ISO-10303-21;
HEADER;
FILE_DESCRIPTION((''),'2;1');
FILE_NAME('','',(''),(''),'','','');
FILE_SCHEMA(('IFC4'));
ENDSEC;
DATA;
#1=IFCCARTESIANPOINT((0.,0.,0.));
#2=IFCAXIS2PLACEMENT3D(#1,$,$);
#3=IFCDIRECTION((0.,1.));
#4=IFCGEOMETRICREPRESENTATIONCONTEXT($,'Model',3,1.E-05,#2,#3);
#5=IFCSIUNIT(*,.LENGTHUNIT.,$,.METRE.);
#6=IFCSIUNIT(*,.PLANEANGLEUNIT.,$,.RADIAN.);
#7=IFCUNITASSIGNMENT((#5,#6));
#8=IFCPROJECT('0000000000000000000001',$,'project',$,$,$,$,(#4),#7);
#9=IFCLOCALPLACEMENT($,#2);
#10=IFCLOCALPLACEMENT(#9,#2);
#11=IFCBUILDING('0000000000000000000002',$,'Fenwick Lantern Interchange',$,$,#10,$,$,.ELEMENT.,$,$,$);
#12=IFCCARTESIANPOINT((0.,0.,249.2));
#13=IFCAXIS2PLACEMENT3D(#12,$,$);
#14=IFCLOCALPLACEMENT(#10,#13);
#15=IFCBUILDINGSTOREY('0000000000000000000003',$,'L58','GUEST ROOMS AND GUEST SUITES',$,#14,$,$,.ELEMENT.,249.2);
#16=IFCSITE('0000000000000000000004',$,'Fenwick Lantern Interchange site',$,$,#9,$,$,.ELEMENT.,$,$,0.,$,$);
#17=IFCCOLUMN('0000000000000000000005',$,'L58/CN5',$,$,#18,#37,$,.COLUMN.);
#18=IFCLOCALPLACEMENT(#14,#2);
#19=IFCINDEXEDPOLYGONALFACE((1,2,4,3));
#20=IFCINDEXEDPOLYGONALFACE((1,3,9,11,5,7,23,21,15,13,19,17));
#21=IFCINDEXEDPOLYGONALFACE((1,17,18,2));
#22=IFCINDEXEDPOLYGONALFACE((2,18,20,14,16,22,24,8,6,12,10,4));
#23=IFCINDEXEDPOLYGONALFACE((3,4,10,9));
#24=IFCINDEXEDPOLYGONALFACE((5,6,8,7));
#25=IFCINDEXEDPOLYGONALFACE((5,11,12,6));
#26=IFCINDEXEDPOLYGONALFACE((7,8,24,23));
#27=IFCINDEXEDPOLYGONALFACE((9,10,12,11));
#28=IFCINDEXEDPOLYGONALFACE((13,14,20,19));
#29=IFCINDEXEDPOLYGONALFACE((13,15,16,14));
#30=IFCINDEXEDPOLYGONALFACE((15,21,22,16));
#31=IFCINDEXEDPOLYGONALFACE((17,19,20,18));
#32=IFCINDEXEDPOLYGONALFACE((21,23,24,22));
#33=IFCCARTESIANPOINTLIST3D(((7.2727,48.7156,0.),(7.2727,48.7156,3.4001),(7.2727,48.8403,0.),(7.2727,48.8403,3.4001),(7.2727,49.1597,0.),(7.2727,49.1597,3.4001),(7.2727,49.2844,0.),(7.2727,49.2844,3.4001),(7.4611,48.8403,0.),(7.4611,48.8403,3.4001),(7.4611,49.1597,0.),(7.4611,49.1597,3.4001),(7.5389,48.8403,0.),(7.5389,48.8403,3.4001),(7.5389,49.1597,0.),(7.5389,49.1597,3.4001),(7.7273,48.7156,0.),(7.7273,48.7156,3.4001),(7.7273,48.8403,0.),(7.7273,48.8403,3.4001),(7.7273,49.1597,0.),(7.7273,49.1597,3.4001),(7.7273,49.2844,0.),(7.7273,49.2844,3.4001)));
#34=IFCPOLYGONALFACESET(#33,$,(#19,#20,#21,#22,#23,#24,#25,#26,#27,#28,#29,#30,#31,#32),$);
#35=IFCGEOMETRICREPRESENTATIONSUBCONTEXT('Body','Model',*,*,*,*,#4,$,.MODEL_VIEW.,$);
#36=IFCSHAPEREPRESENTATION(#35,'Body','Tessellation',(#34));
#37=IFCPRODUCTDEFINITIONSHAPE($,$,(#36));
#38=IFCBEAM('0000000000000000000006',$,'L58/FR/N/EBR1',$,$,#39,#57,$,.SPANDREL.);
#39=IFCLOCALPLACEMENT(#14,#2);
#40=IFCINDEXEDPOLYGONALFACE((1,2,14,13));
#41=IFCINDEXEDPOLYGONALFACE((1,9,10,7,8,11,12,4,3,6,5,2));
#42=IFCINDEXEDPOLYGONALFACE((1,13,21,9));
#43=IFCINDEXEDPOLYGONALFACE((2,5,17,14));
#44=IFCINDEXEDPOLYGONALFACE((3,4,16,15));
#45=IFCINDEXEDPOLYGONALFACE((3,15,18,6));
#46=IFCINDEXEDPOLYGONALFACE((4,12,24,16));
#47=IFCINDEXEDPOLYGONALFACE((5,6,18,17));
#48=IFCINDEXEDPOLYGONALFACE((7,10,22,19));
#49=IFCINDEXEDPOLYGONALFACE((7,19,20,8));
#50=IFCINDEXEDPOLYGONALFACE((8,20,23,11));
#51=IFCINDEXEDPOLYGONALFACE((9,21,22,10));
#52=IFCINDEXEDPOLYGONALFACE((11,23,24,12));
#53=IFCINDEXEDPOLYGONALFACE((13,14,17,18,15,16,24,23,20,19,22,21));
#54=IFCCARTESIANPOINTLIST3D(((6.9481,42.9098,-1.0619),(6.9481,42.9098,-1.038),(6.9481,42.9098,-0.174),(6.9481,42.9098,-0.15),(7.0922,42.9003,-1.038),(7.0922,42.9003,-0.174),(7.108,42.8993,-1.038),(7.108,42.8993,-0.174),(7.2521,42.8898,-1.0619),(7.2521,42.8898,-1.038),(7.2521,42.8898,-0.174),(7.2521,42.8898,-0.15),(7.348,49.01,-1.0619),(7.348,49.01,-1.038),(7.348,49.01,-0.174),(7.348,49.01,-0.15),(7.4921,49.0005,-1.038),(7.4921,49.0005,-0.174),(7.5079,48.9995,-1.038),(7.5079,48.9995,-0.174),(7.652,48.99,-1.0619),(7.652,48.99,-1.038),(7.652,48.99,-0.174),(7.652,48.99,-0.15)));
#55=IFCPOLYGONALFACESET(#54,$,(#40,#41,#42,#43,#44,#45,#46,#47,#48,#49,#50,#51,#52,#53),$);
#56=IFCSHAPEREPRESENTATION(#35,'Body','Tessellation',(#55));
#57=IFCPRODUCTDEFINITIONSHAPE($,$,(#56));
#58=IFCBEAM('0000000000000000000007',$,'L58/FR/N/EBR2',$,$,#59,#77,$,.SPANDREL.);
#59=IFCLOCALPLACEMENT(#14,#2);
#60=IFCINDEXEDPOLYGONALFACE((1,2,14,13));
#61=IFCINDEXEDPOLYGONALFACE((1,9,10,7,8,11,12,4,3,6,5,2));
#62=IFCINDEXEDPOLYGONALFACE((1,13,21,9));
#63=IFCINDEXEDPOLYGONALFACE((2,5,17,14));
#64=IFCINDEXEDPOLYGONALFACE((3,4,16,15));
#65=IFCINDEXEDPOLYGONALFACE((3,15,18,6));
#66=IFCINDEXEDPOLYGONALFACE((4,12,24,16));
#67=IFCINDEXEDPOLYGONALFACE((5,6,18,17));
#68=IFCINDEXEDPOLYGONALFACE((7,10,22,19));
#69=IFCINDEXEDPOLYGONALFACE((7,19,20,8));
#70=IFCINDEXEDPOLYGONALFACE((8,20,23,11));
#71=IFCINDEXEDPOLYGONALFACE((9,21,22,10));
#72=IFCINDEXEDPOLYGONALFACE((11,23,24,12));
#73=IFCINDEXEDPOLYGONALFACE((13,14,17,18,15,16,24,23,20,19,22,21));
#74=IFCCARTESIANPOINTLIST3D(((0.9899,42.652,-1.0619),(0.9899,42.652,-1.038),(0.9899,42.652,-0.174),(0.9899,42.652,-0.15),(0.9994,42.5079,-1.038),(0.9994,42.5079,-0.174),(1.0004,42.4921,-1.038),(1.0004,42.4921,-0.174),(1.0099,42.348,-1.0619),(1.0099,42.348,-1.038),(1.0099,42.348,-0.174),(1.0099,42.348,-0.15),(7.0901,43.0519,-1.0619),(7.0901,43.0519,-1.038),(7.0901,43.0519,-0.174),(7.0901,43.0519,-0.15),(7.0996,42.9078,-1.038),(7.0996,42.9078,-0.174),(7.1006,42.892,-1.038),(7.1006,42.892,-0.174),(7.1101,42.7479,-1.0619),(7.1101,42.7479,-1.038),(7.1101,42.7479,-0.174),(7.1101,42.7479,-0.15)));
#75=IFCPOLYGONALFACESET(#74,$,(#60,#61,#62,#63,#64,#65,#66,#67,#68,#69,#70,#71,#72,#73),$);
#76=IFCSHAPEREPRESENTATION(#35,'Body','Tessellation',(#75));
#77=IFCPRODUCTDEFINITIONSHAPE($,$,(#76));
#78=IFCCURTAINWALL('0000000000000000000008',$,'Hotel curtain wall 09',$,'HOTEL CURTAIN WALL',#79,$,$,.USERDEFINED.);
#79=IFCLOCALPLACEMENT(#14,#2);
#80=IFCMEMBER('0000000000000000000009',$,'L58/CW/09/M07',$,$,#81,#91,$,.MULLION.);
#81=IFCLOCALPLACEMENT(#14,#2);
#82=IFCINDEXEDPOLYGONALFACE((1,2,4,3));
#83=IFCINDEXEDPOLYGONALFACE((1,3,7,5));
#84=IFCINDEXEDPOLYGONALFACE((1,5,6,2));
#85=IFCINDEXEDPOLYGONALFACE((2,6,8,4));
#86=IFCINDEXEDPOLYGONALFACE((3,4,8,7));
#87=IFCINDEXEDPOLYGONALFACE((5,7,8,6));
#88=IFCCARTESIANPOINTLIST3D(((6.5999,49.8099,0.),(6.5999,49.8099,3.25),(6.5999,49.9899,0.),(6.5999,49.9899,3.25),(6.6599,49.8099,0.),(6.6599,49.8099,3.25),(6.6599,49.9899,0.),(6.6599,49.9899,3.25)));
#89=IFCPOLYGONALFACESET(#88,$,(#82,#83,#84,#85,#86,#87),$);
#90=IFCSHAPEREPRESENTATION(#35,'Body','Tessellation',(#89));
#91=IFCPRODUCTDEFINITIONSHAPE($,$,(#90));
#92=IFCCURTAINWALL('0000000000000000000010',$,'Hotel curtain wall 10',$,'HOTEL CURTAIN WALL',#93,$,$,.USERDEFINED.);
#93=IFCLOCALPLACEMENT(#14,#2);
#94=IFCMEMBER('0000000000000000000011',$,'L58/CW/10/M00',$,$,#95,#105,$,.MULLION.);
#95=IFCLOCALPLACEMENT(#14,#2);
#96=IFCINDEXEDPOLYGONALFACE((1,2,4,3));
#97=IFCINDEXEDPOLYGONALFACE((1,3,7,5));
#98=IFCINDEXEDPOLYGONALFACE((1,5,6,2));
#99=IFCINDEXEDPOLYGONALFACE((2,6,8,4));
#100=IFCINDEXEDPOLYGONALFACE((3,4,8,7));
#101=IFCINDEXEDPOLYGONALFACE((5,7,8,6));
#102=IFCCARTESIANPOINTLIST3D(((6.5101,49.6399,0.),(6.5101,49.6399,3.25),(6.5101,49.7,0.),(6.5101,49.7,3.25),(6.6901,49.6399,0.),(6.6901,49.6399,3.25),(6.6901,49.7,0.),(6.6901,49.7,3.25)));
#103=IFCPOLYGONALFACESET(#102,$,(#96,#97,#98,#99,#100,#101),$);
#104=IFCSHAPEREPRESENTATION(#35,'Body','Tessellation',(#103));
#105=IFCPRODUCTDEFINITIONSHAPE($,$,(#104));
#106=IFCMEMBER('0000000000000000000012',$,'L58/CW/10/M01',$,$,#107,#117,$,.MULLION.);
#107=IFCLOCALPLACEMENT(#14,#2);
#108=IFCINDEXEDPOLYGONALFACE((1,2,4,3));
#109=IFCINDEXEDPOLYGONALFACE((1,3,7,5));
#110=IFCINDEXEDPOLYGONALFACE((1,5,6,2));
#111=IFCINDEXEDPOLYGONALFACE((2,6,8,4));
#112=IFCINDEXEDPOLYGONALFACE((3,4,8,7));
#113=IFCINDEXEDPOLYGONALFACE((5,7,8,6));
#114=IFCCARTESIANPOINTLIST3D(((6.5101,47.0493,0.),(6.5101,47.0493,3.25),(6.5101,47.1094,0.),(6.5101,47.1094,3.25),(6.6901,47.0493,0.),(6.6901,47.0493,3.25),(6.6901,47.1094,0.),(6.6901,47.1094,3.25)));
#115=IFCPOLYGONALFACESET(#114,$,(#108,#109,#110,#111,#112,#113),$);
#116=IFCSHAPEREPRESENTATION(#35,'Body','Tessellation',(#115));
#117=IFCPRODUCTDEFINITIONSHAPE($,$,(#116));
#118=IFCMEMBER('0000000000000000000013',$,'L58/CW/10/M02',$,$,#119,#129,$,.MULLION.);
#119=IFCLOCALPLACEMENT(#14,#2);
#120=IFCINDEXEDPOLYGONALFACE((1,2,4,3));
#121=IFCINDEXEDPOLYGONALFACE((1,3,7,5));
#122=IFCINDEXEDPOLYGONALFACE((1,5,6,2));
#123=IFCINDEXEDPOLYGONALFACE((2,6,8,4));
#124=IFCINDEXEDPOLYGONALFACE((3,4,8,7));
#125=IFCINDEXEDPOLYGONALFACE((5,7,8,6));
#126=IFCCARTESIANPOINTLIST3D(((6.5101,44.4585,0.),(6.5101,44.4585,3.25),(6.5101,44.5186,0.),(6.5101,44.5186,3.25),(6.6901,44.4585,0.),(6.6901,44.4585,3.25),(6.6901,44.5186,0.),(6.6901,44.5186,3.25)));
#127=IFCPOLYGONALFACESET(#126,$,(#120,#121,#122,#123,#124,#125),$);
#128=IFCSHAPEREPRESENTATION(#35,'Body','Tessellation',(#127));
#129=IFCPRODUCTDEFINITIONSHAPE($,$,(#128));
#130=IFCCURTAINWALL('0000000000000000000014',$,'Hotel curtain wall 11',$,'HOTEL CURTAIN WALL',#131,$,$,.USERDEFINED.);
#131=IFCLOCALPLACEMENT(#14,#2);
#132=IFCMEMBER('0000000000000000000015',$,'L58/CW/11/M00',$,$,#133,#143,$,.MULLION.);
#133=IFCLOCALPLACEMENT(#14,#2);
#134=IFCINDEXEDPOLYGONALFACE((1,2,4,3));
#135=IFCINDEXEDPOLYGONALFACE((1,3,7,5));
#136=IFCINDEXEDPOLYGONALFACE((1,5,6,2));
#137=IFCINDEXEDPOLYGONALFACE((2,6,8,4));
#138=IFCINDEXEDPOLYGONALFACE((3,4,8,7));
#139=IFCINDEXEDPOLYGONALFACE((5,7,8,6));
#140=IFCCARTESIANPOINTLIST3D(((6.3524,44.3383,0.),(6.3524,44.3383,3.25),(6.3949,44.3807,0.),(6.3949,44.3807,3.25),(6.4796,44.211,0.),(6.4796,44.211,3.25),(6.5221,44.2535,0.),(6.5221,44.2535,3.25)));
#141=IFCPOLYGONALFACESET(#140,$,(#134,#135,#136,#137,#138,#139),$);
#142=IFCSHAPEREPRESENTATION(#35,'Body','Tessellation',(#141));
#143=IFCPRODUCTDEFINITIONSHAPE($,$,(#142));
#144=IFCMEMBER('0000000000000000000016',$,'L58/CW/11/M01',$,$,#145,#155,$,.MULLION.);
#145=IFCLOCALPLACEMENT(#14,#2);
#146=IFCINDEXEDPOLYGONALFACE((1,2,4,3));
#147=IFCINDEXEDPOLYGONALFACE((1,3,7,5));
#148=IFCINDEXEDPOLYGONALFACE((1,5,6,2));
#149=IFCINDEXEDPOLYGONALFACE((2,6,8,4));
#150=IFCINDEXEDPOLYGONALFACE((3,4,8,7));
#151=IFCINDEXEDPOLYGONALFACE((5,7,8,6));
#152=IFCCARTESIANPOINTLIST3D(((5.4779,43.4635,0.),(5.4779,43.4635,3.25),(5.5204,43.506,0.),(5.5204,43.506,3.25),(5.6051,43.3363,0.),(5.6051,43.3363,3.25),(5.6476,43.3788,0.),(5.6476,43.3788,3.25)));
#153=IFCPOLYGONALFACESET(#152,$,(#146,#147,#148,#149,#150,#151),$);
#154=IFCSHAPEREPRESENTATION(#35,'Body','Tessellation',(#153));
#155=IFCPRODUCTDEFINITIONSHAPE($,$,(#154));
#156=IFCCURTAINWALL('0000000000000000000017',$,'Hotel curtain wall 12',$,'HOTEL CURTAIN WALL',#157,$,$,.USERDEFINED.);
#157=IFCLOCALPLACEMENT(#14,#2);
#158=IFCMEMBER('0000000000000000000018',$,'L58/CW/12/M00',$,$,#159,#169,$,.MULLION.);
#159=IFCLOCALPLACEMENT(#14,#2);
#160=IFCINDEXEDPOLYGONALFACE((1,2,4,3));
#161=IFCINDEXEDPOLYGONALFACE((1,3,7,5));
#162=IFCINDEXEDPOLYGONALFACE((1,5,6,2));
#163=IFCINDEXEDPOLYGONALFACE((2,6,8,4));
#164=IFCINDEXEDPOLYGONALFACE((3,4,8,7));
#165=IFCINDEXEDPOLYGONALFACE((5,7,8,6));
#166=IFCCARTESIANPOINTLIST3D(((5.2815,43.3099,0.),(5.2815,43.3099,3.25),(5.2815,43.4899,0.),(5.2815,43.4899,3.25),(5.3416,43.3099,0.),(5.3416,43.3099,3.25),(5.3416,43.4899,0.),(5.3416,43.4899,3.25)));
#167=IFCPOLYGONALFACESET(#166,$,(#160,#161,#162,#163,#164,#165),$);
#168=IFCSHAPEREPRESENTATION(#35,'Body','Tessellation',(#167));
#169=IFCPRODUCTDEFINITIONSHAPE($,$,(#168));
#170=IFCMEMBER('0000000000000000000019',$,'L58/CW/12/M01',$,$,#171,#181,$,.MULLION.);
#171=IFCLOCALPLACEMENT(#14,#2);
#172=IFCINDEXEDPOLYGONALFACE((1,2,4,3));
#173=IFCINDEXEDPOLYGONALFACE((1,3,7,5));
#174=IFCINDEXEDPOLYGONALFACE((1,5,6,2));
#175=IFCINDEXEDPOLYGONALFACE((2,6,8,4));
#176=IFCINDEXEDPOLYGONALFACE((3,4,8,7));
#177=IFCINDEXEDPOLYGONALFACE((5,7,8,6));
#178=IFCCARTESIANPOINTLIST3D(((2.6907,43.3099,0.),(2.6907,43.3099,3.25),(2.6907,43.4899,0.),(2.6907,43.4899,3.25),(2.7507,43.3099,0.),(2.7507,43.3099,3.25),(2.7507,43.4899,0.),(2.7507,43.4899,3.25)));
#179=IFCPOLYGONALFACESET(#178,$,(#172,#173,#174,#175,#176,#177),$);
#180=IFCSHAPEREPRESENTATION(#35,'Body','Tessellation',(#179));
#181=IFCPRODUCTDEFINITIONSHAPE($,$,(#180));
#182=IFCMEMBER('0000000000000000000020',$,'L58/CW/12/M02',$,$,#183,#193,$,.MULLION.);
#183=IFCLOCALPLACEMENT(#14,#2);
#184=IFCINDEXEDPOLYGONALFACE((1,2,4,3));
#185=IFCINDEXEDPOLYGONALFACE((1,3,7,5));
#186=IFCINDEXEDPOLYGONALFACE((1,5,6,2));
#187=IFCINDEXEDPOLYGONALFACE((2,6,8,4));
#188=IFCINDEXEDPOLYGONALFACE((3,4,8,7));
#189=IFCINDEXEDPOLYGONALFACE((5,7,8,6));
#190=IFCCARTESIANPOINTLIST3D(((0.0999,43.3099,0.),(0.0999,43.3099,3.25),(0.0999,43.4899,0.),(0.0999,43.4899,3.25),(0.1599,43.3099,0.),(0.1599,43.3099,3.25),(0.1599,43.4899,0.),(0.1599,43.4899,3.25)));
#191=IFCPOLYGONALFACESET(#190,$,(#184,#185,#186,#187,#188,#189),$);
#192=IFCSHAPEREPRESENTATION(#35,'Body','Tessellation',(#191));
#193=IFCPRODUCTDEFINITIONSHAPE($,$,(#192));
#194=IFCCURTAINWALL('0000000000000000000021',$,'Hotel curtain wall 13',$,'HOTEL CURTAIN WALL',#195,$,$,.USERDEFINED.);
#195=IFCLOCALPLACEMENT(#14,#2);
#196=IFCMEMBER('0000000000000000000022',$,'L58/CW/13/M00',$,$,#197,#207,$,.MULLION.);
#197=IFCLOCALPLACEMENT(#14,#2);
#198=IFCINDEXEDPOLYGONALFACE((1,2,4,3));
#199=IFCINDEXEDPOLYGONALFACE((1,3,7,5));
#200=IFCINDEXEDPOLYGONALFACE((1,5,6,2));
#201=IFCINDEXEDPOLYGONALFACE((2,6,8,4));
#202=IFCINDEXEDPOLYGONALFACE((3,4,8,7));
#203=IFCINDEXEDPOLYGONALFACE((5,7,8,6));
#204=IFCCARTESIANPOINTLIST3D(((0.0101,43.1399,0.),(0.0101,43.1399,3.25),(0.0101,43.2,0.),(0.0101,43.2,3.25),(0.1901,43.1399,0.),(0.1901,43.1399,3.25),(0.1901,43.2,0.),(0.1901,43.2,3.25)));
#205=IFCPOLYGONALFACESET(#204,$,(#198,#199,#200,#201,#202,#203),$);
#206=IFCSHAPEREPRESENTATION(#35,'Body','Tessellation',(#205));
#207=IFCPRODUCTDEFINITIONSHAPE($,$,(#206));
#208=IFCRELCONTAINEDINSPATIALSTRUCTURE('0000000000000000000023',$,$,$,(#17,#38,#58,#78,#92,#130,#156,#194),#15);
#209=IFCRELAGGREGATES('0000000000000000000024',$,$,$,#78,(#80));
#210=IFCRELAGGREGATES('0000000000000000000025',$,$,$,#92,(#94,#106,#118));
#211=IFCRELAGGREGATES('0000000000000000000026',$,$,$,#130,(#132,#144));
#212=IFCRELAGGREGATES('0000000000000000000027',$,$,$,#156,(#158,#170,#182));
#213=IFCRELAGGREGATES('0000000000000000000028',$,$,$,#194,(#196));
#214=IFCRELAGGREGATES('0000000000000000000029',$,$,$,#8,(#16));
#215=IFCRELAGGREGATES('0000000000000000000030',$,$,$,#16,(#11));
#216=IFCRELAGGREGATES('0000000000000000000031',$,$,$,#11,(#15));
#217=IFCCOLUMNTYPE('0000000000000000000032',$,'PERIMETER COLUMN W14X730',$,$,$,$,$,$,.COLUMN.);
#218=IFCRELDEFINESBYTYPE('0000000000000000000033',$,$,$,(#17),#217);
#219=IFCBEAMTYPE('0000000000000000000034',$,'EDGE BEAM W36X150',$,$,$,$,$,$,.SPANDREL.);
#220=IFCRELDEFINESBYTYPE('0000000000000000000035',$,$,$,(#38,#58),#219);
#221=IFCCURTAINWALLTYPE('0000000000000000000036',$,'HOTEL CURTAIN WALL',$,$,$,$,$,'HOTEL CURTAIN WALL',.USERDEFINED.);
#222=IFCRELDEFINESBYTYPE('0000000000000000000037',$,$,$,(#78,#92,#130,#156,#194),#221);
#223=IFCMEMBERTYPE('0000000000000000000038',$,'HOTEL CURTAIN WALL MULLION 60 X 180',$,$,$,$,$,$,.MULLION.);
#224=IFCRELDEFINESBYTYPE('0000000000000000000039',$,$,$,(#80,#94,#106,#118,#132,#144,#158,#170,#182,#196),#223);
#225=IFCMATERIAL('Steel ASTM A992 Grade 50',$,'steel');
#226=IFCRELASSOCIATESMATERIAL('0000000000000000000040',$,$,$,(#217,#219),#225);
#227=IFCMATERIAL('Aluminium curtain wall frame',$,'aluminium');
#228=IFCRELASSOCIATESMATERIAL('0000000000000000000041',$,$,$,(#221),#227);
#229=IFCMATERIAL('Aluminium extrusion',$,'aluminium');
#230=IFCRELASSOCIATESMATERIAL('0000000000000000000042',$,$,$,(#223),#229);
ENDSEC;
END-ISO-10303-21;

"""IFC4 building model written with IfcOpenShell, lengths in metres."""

from ifc_helpers import new_model, si_unit, direction, frame, origin, origin_2d, place, context, subcontext, project, spatial, rectangle, i_section, extrude, material, material_profile, profile_set, type_object, element, aggregate, save


model = new_model("IFC4")

# Units and contexts
model_context = context("Model", 3, precision=1e-05, world=origin(), true_north=direction((0.0, 1.0)))
body_context = subcontext(model_context, "Body", "Model", "MODEL_VIEW")
ifc_project = project(units=[si_unit("LENGTHUNIT", "METRE"), si_unit("PLANEANGLEUNIT", "RADIAN")], contexts=[model_context])

# Site, building, storey
site_placement = place(None, origin())
site = spatial("IfcSite", under=ifc_project, at=site_placement, Name="Fenwick Lantern Interchange site", CompositionType="ELEMENT", RefElevation=0.0)
building_placement = place(site_placement, origin())
building = spatial("IfcBuilding", under=site, at=building_placement, Name="Fenwick Lantern Interchange", CompositionType="ELEMENT")
storey_placement = place(building_placement, frame((0.0, 0.0, 249.2)))
storey = spatial("IfcBuildingStorey", under=building, at=storey_placement, Name="L58", Description="GUEST ROOMS AND GUEST SUITES", CompositionType="ELEMENT", Elevation=249.2)

# Column
ifc_material_1 = material(Name="Steel ASTM A992 Grade 50", Category="steel")
ifc_material_profile_1 = material_profile(ifc_material_1, i_section(OverallWidth=0.4546, OverallDepth=0.5688, WebThickness=0.0779, FlangeThickness=0.1248, at=origin_2d()), Name="W14X730")
ifc_profile_set_1 = profile_set([ifc_material_profile_1], Name="Steel ASTM A992 Grade 50")
column_type = type_object("IfcColumnType", Name="PERIMETER COLUMN W14X730", PredefinedType="COLUMN", material=ifc_profile_set_1)
column_placement = place(storey_placement, frame((7.5, 49.0, 0.0), z_axis=(0.0, 0.0, 1.0), x_axis=(1.0, 0.0, 0.0)))
element("IfcColumn", 1, at=column_placement, inside=storey, type_object=column_type, Name="L58/CN5", PredefinedType="COLUMN", context=body_context, shape_type="SweptSolid", body=[
    extrude(i_section(OverallWidth=0.4546, OverallDepth=0.5688, WebThickness=0.0779, FlangeThickness=0.1248, at=origin_2d()), origin(), (0.0, 0.0, 1.0), 3.4001),
])

# Beams
ifc_material_profile_2 = material_profile(ifc_material_1, i_section(OverallWidth=0.3047, OverallDepth=0.9119, WebThickness=0.0159, FlangeThickness=0.0239, at=origin_2d()), Name="W36X150")
ifc_profile_set_2 = profile_set([ifc_material_profile_2], Name="Steel ASTM A992 Grade 50")
beam_type = type_object("IfcBeamType", Name="EDGE BEAM W36X150", PredefinedType="SPANDREL", material=ifc_profile_set_2)
for number, where, z_axis, x_axis, name in (
    (2, (7.5, 49.0, -0.606), (-0.065416, -0.997858, 0.0), (0.997858, -0.065416, 0.0), "L58/FR/N/EBR1"),
    (3, (7.1001, 42.8999, -0.606), (-0.997858, -0.065416, 0.0), (0.065416, -0.997858, 0.0), "L58/FR/N/EBR2"),
):
    element("IfcBeam", number, at=place(storey_placement, frame(where, z_axis=z_axis, x_axis=x_axis)), inside=storey, type_object=beam_type, Name=name, PredefinedType="SPANDREL", context=body_context, shape_type="SweptSolid", body=[
        extrude(i_section(OverallWidth=0.3047, OverallDepth=0.9119, WebThickness=0.0159, FlangeThickness=0.0239, at=origin_2d()), origin(), (0.0, 0.0, 1.0), 6.1133),
    ])

# Curtain wall, member
ifc_material_2 = material(Name="Aluminium curtain wall frame", Category="aluminium")
curtain_wall_type = type_object("IfcCurtainWallType", Name="HOTEL CURTAIN WALL", ElementType="HOTEL CURTAIN WALL", PredefinedType="USERDEFINED", material=ifc_material_2)
curtain_wall_1_placement = place(storey_placement, origin())
curtain_wall_1 = element("IfcCurtainWall", 4, at=curtain_wall_1_placement, inside=storey, type_object=curtain_wall_type, Name="Hotel curtain wall 09", ObjectType="HOTEL CURTAIN WALL", PredefinedType="USERDEFINED")
ifc_material_3 = material(Name="Aluminium extrusion", Category="aluminium")
ifc_material_profile_3 = material_profile(ifc_material_3, rectangle(XDim=0.1799, YDim=0.0601, at=origin_2d()), Name="HOTEL CURTAIN WALL MULLION 60 X 180")
ifc_profile_set_3 = profile_set([ifc_material_profile_3], Name="Aluminium extrusion")
member_type_1 = type_object("IfcMemberType", Name="HOTEL CURTAIN WALL MULLION 60 X 180", PredefinedType="MULLION", material=ifc_profile_set_3)
member_1_placement = place(storey_placement, frame((6.6299, 49.8999, 0.0), z_axis=(0.0, 0.0, 1.0), x_axis=(0.0, -1.0, 0.0)))
member_1 = element("IfcMember", 5, at=member_1_placement, type_object=member_type_1, Name="L58/CW/09/M07", PredefinedType="MULLION", context=body_context, shape_type="SweptSolid", body=[
    extrude(rectangle(XDim=0.1799, YDim=0.0601, at=origin_2d()), origin(), (0.0, 0.0, 1.0), 3.25),
])
aggregate(curtain_wall_1, [member_1])

# Curtain walls, members
curtain_wall_2_placement = place(storey_placement, origin())
curtain_wall_2 = element("IfcCurtainWall", 6, at=curtain_wall_2_placement, inside=storey, type_object=curtain_wall_type, Name="Hotel curtain wall 10", ObjectType="HOTEL CURTAIN WALL", PredefinedType="USERDEFINED")
member_2_placement = place(storey_placement, frame((6.6001, 49.6699, 0.0), z_axis=(0.0, 0.0, 1.0), x_axis=(1.0, 0.0, 0.0)))
member_2 = element("IfcMember", 7, at=member_2_placement, type_object=member_type_1, Name="L58/CW/10/M00", PredefinedType="MULLION", context=body_context, shape_type="SweptSolid", body=[
    extrude(rectangle(XDim=0.1799, YDim=0.0601, at=origin_2d()), origin(), (0.0, 0.0, 1.0), 3.25),
])
member_3_placement = place(storey_placement, frame((6.6001, 47.0793, 0.0), z_axis=(0.0, 0.0, 1.0), x_axis=(1.0, 0.0, 0.0)))
member_3 = element("IfcMember", 8, at=member_3_placement, type_object=member_type_1, Name="L58/CW/10/M01", PredefinedType="MULLION", context=body_context, shape_type="SweptSolid", body=[
    extrude(rectangle(XDim=0.1799, YDim=0.0601, at=origin_2d()), origin(), (0.0, 0.0, 1.0), 3.25),
])
member_4_placement = place(storey_placement, frame((6.6001, 44.4885, 0.0), z_axis=(0.0, 0.0, 1.0), x_axis=(1.0, 0.0, 0.0)))
member_4 = element("IfcMember", 9, at=member_4_placement, type_object=member_type_1, Name="L58/CW/10/M02", PredefinedType="MULLION", context=body_context, shape_type="SweptSolid", body=[
    extrude(rectangle(XDim=0.1799, YDim=0.0601, at=origin_2d()), origin(), (0.0, 0.0, 1.0), 3.25),
])
curtain_wall_3_placement = place(storey_placement, origin())
curtain_wall_3 = element("IfcCurtainWall", 10, at=curtain_wall_3_placement, inside=storey, type_object=curtain_wall_type, Name="Hotel curtain wall 11", ObjectType="HOTEL CURTAIN WALL", PredefinedType="USERDEFINED")
member_5_placement = place(storey_placement, frame((6.4373, 44.2959, 0.0), z_axis=(0.0, 0.0, 1.0), x_axis=(0.707107, -0.707107, 0.0)))
member_5 = element("IfcMember", 11, at=member_5_placement, type_object=member_type_1, Name="L58/CW/11/M00", PredefinedType="MULLION", context=body_context, shape_type="SweptSolid", body=[
    extrude(rectangle(XDim=0.1799, YDim=0.0601, at=origin_2d()), origin(), (0.0, 0.0, 1.0), 3.25),
])
member_6_placement = place(storey_placement, frame((5.5627, 43.4211, 0.0), z_axis=(0.0, 0.0, 1.0), x_axis=(0.707107, -0.707107, 0.0)))
member_6 = element("IfcMember", 12, at=member_6_placement, type_object=member_type_1, Name="L58/CW/11/M01", PredefinedType="MULLION", context=body_context, shape_type="SweptSolid", body=[
    extrude(rectangle(XDim=0.1799, YDim=0.0601, at=origin_2d()), origin(), (0.0, 0.0, 1.0), 3.25),
])
curtain_wall_4_placement = place(storey_placement, origin())
curtain_wall_4 = element("IfcCurtainWall", 13, at=curtain_wall_4_placement, inside=storey, type_object=curtain_wall_type, Name="Hotel curtain wall 12", ObjectType="HOTEL CURTAIN WALL", PredefinedType="USERDEFINED")
member_7_placement = place(storey_placement, frame((5.3115, 43.3999, 0.0), z_axis=(0.0, 0.0, 1.0), x_axis=(0.0, -1.0, 0.0)))
member_7 = element("IfcMember", 14, at=member_7_placement, type_object=member_type_1, Name="L58/CW/12/M00", PredefinedType="MULLION", context=body_context, shape_type="SweptSolid", body=[
    extrude(rectangle(XDim=0.1799, YDim=0.0601, at=origin_2d()), origin(), (0.0, 0.0, 1.0), 3.25),
])
member_8_placement = place(storey_placement, frame((2.7207, 43.3999, 0.0), z_axis=(0.0, 0.0, 1.0), x_axis=(0.0, -1.0, 0.0)))
member_8 = element("IfcMember", 15, at=member_8_placement, type_object=member_type_1, Name="L58/CW/12/M01", PredefinedType="MULLION", context=body_context, shape_type="SweptSolid", body=[
    extrude(rectangle(XDim=0.1799, YDim=0.0601, at=origin_2d()), origin(), (0.0, 0.0, 1.0), 3.25),
])
member_9_placement = place(storey_placement, frame((0.1299, 43.3999, 0.0), z_axis=(0.0, 0.0, 1.0), x_axis=(0.0, -1.0, 0.0)))
member_9 = element("IfcMember", 16, at=member_9_placement, type_object=member_type_1, Name="L58/CW/12/M02", PredefinedType="MULLION", context=body_context, shape_type="SweptSolid", body=[
    extrude(rectangle(XDim=0.1799, YDim=0.0601, at=origin_2d()), origin(), (0.0, 0.0, 1.0), 3.25),
])

# Curtain wall, member
curtain_wall_5_placement = place(storey_placement, origin())
curtain_wall_5 = element("IfcCurtainWall", 17, at=curtain_wall_5_placement, inside=storey, type_object=curtain_wall_type, Name="Hotel curtain wall 13", ObjectType="HOTEL CURTAIN WALL", PredefinedType="USERDEFINED")
member_10_placement = place(storey_placement, frame((0.1001, 43.1699, 0.0), z_axis=(0.0, 0.0, 1.0), x_axis=(1.0, 0.0, 0.0)))
member_10 = element("IfcMember", 18, at=member_10_placement, type_object=member_type_1, Name="L58/CW/13/M00", PredefinedType="MULLION", context=body_context, shape_type="SweptSolid", body=[
    extrude(rectangle(XDim=0.1799, YDim=0.0601, at=origin_2d()), origin(), (0.0, 0.0, 1.0), 3.25),
])

aggregate(curtain_wall_2, [member_2, member_3, member_4])
aggregate(curtain_wall_3, [member_5, member_6])
aggregate(curtain_wall_4, [member_7, member_8, member_9])
aggregate(curtain_wall_5, [member_10])

save(model, "model.ifc")
